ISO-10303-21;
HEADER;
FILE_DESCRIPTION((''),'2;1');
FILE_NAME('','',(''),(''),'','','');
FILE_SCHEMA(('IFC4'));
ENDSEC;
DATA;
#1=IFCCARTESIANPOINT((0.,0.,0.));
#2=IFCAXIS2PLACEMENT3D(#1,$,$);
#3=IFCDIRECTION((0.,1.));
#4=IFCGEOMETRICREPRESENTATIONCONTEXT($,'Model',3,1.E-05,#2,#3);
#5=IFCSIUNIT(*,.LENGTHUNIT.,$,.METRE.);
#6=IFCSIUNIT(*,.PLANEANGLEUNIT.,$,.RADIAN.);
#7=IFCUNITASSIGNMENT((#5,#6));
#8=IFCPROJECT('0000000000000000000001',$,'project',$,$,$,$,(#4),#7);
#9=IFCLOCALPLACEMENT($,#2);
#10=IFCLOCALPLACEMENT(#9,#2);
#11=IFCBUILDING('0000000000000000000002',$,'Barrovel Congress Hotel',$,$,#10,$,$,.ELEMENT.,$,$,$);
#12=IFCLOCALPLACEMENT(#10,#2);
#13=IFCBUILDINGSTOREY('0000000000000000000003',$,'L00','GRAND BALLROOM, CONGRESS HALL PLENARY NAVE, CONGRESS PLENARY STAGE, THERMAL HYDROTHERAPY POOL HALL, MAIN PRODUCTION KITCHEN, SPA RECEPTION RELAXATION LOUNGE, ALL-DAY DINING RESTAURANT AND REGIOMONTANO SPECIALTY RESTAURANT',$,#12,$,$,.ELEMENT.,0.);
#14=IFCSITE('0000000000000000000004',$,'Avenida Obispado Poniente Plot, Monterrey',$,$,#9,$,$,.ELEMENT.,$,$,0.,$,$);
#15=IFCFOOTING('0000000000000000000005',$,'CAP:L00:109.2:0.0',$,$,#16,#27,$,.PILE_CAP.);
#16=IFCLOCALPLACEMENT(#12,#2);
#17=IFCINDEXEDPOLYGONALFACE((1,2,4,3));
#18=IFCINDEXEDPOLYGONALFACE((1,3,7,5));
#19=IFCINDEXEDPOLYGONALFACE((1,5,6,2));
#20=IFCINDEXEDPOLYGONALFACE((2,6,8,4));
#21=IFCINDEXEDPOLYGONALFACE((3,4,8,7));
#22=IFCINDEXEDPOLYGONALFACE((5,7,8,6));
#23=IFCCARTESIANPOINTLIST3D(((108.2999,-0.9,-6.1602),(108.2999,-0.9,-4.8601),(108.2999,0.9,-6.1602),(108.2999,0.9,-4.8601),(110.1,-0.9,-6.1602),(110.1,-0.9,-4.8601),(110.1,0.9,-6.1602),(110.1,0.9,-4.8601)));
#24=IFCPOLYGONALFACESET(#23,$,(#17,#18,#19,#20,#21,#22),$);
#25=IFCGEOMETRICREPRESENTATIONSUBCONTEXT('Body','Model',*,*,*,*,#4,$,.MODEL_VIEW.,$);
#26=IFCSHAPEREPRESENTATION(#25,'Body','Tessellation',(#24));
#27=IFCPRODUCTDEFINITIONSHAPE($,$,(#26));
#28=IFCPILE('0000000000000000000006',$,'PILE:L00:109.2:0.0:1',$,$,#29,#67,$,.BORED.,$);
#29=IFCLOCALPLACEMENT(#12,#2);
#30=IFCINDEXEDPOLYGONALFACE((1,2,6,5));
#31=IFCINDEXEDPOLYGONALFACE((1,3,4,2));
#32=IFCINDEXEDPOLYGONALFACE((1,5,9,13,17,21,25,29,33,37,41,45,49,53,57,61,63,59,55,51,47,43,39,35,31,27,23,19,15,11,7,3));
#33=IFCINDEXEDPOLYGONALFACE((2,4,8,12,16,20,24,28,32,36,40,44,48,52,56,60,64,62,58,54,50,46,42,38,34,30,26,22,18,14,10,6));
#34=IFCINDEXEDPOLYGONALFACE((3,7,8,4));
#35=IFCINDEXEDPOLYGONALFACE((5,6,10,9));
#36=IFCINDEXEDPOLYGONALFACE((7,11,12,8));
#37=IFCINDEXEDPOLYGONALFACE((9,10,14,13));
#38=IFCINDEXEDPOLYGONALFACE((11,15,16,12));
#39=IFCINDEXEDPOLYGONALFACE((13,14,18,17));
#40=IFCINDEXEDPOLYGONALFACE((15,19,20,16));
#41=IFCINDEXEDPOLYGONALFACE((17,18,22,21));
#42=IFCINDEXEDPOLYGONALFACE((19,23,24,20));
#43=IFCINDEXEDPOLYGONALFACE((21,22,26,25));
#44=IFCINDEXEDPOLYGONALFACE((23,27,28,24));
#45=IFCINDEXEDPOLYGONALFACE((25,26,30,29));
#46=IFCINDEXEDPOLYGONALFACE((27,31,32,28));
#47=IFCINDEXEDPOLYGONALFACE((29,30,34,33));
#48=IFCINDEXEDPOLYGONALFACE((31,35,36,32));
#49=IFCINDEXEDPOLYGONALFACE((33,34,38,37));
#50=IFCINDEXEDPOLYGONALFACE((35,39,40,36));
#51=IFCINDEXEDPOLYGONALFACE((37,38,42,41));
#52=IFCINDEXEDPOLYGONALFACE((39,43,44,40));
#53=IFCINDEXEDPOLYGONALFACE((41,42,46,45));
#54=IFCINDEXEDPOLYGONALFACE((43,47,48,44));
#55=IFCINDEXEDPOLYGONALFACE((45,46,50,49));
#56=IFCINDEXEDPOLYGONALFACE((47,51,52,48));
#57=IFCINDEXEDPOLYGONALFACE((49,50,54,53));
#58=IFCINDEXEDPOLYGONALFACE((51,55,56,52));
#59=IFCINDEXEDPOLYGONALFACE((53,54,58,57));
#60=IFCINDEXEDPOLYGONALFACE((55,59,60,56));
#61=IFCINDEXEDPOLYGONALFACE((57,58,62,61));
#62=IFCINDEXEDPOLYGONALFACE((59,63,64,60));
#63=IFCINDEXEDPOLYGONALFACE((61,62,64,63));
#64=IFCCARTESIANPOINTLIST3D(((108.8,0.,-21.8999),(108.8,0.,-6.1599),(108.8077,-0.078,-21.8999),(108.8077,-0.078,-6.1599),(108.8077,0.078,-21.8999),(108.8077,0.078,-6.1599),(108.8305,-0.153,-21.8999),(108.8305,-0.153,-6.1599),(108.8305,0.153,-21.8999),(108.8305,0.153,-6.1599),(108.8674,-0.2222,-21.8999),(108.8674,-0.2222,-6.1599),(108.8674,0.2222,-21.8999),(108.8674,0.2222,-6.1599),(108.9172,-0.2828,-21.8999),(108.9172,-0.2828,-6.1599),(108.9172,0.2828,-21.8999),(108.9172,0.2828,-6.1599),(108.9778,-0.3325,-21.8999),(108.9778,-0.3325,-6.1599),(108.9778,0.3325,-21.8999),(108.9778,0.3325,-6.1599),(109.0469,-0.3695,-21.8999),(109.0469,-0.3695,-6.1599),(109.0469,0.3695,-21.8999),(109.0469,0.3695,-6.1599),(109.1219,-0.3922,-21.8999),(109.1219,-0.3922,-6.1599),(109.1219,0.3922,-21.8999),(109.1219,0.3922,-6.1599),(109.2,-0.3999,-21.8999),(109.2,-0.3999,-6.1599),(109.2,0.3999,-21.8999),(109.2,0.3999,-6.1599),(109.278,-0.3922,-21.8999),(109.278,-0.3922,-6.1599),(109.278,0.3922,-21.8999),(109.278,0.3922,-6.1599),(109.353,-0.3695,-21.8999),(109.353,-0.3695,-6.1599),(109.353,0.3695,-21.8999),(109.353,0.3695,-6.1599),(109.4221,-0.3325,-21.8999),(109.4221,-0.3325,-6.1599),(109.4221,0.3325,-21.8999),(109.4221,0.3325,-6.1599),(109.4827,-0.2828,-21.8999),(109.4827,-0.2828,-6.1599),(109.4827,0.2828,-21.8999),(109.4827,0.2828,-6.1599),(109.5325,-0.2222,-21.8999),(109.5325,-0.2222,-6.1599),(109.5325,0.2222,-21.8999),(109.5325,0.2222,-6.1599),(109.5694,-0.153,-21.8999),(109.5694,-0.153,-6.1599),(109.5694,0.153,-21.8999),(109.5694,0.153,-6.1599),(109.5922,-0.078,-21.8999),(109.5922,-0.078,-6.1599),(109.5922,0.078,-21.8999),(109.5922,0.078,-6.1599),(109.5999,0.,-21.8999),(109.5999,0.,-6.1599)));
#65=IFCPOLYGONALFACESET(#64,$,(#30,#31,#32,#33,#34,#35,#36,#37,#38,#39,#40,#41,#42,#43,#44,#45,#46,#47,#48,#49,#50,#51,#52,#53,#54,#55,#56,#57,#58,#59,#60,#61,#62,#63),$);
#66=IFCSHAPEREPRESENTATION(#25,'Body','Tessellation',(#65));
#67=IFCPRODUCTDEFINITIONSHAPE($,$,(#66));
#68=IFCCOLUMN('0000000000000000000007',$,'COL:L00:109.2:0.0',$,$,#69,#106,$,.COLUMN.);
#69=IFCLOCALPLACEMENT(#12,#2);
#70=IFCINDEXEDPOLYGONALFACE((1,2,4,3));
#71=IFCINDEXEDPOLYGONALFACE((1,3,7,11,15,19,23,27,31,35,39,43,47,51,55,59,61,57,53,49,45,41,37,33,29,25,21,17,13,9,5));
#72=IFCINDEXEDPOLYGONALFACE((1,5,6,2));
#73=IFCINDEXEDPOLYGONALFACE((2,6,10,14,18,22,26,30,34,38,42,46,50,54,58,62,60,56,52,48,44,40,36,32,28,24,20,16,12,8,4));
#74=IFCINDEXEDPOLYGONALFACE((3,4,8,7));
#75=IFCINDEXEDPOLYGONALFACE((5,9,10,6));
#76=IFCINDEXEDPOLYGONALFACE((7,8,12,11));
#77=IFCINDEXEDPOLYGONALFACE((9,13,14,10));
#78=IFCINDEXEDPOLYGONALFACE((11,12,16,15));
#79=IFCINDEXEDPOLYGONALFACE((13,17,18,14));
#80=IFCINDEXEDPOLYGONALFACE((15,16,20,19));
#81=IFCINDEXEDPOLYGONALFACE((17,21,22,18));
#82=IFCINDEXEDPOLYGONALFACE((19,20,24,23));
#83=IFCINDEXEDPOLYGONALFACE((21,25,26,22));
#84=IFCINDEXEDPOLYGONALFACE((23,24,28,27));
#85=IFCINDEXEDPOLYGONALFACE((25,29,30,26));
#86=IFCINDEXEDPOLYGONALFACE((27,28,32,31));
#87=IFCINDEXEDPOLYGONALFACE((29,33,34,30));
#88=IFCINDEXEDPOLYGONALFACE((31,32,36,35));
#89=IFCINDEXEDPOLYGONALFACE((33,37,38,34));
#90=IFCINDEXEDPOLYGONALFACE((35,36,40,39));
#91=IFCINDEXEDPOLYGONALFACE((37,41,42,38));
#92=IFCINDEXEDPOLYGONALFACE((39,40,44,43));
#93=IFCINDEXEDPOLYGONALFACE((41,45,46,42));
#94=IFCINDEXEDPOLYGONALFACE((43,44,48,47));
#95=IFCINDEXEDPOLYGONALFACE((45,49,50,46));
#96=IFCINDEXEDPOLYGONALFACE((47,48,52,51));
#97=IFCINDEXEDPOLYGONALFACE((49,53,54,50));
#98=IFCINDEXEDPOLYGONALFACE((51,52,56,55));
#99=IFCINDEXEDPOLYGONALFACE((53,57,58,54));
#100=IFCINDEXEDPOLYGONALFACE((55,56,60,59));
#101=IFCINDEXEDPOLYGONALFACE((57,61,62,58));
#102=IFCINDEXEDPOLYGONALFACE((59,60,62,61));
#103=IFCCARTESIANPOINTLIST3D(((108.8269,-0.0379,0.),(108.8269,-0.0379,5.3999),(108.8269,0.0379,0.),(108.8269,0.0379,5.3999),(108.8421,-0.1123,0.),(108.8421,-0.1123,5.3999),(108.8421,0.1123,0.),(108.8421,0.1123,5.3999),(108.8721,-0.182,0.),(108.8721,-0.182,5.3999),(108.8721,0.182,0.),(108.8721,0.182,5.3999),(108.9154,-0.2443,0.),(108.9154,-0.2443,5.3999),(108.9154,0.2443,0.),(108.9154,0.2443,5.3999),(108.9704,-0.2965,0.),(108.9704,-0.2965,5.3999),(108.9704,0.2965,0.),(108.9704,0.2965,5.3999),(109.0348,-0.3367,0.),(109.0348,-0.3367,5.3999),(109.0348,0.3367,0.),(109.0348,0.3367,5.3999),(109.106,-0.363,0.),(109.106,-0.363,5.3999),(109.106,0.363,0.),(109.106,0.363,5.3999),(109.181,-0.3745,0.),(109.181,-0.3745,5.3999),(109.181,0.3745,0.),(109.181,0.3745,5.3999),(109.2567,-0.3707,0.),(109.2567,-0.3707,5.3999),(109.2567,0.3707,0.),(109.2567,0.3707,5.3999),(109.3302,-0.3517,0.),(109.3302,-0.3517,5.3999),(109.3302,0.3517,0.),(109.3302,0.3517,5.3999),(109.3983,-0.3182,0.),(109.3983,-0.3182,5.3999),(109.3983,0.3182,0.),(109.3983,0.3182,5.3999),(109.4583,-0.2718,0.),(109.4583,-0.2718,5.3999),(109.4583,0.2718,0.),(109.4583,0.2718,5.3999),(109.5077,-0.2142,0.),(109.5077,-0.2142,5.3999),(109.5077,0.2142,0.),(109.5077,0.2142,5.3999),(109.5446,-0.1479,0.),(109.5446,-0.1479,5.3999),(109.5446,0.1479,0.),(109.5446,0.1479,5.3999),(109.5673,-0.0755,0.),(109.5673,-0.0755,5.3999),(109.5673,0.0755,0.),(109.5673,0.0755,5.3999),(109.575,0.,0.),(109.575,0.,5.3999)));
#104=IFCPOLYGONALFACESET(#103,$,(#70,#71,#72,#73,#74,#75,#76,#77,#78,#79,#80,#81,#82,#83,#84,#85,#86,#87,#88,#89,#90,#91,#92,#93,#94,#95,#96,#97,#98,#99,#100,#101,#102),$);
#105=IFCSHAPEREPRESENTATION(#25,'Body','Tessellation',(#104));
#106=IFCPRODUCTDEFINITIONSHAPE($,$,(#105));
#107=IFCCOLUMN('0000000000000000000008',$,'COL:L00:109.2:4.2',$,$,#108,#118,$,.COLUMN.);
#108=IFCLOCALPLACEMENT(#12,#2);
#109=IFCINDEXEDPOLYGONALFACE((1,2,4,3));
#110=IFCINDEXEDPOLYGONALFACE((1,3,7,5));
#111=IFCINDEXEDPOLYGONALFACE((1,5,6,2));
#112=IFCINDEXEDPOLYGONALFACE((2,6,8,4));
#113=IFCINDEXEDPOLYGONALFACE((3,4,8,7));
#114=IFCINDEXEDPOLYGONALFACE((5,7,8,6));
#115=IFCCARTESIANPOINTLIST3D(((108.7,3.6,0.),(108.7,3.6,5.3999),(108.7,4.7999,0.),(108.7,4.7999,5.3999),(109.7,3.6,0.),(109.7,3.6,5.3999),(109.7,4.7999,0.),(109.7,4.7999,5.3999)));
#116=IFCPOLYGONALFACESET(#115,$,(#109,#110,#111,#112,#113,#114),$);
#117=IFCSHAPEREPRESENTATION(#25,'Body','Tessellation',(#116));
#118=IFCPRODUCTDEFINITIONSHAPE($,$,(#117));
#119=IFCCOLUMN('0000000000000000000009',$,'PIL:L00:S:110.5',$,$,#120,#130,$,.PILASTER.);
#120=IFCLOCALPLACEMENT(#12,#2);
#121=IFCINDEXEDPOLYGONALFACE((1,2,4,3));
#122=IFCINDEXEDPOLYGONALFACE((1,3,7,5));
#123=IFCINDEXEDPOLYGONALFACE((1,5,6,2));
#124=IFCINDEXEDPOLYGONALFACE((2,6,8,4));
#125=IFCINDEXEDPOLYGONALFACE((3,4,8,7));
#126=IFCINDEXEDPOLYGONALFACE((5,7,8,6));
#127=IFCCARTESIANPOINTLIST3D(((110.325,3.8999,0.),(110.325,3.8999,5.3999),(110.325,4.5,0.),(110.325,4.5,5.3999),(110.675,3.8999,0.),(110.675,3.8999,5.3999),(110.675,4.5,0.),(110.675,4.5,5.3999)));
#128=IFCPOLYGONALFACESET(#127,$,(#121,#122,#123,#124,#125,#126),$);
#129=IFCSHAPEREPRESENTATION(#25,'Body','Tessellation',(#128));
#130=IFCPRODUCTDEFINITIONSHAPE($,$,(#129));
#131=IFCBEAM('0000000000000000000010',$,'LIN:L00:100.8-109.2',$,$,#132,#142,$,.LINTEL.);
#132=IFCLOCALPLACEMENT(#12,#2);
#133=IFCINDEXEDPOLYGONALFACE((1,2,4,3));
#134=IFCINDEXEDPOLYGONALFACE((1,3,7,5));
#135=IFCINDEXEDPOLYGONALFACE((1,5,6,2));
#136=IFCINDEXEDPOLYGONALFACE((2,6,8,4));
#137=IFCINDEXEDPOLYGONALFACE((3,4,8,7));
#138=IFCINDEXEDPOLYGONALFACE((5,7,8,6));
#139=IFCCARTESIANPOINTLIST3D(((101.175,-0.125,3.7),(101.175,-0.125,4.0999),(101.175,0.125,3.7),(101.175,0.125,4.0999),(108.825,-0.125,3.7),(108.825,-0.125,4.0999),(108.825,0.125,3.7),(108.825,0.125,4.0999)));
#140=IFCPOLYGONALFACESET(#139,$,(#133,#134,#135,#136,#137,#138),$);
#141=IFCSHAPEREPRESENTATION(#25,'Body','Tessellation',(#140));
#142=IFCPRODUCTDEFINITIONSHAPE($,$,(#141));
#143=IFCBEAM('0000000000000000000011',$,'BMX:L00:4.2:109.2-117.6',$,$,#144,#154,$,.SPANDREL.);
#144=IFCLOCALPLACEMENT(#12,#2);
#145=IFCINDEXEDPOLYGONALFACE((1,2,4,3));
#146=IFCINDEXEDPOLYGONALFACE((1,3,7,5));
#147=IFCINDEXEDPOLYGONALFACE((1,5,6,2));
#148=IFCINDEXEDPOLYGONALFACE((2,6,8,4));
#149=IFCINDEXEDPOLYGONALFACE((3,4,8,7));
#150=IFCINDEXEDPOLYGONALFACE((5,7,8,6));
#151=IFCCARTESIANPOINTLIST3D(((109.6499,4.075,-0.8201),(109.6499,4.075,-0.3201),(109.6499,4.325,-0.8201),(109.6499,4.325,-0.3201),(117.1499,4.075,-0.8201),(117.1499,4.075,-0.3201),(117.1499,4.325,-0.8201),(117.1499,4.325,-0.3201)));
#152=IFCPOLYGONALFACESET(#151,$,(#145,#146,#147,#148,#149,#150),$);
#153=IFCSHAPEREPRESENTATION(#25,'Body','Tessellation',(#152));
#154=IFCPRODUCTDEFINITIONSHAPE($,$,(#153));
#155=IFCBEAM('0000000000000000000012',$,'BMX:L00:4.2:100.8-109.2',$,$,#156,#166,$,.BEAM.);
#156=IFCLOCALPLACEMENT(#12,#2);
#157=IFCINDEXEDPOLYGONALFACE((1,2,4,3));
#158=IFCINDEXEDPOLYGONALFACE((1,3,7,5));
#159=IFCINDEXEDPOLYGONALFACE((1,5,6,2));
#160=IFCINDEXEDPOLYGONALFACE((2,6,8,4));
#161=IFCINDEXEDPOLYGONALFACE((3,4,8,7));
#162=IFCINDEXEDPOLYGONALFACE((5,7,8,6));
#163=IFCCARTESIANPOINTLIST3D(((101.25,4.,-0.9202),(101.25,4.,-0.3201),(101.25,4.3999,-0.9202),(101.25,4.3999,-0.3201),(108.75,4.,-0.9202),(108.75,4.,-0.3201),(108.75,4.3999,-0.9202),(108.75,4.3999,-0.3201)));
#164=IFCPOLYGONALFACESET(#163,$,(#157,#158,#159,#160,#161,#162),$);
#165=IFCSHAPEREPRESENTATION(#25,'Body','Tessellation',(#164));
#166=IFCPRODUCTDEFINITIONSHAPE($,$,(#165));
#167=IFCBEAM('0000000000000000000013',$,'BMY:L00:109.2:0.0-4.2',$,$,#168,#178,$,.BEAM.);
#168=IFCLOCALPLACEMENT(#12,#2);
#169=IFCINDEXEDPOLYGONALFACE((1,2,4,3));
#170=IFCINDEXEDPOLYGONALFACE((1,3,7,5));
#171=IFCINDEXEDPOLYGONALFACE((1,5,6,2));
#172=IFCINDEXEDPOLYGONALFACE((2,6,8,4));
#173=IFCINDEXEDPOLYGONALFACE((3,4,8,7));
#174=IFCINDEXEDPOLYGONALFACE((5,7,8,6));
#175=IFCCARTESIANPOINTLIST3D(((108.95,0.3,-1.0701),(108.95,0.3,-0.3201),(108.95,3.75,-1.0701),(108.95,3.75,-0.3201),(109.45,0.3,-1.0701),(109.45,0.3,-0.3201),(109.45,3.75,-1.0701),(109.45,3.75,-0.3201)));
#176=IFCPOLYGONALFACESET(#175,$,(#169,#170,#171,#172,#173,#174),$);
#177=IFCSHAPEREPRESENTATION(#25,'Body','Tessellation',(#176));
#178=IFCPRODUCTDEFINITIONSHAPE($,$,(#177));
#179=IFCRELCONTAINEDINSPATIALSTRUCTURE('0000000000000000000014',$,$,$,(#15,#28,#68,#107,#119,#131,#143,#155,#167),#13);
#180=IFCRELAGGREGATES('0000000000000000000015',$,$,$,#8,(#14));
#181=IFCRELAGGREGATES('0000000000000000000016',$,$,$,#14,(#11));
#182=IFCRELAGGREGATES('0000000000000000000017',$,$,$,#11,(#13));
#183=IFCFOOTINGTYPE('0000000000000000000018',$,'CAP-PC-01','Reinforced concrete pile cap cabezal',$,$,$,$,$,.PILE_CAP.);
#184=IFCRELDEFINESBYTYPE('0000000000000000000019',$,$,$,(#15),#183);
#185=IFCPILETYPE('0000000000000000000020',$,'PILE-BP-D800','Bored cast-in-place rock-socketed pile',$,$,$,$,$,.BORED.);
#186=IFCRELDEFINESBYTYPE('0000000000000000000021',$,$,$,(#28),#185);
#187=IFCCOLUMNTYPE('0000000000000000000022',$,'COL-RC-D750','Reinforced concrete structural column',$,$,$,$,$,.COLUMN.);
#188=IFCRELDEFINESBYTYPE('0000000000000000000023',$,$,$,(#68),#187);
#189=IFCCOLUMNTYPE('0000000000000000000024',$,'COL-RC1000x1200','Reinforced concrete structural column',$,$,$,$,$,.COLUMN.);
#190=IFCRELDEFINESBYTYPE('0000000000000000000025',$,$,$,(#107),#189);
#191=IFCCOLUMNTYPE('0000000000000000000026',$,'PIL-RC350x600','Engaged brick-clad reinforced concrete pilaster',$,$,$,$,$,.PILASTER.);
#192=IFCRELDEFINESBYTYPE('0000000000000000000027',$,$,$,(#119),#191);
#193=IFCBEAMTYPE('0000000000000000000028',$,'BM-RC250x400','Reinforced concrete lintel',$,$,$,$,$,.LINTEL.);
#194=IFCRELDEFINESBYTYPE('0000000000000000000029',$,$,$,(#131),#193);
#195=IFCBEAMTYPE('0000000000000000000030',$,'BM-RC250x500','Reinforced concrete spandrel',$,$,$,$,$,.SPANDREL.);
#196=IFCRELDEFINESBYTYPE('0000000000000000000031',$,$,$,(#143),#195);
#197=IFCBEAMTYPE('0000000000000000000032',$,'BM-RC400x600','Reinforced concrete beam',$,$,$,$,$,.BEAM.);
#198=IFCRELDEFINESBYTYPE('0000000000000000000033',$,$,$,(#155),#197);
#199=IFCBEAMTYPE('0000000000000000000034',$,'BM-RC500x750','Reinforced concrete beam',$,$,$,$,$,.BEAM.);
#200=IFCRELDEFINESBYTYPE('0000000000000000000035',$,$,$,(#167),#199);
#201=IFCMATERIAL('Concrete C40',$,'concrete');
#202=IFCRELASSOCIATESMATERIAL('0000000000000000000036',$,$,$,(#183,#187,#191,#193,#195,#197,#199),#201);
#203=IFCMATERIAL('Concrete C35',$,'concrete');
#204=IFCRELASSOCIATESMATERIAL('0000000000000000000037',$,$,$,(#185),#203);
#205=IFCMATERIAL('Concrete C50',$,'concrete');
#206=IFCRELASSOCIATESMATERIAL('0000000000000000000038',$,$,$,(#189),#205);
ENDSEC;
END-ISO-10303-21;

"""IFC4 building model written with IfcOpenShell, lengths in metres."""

from ifc_helpers import new_model, si_unit, direction, frame, origin, origin_2d, place, context, subcontext, project, spatial, rectangle, circle, extrude, material, material_profile, profile_set, type_object, element, save


model = new_model("IFC4")

# Units and contexts
model_context = context("Model", 3, precision=1e-05, world=origin(), true_north=direction((0.0, 1.0)))
body_context = subcontext(model_context, "Body", "Model", "MODEL_VIEW")
ifc_project = project(units=[si_unit("LENGTHUNIT", "METRE"), si_unit("PLANEANGLEUNIT", "RADIAN")], contexts=[model_context])

# Site, building, storey
site_placement = place(None, origin())
site = spatial("IfcSite", under=ifc_project, at=site_placement, Name="Avenida Obispado Poniente Plot, Monterrey", CompositionType="ELEMENT", RefElevation=0.0)
building_placement = place(site_placement, origin())
building = spatial("IfcBuilding", under=site, at=building_placement, Name="Barrovel Congress Hotel", CompositionType="ELEMENT")
storey_placement = place(building_placement, origin())
storey = spatial("IfcBuildingStorey", under=building, at=storey_placement, Name="L00", Description="GRAND BALLROOM, CONGRESS HALL PLENARY NAVE, CONGRESS PLENARY STAGE, THERMAL HYDROTHERAPY POOL HALL, MAIN PRODUCTION KITCHEN, SPA RECEPTION RELAXATION LOUNGE, ALL-DAY DINING RESTAURANT AND REGIOMONTANO SPECIALTY RESTAURANT", CompositionType="ELEMENT", Elevation=0.0)

# Footing
ifc_material_1 = material(Name="Concrete C40", Category="concrete")
footing_type = type_object("IfcFootingType", Name="CAP-PC-01", Description="Reinforced concrete pile cap cabezal", PredefinedType="PILE_CAP", material=ifc_material_1)
footing_placement = place(storey_placement, frame((109.2, 0.0, -6.1602), z_axis=(0.0, 0.0, 1.0), x_axis=(1.0, 0.0, 0.0)))
element("IfcFooting", 1, at=footing_placement, inside=storey, type_object=footing_type, Name="CAP:L00:109.2:0.0", PredefinedType="PILE_CAP", context=body_context, shape_type="SweptSolid", body=[
    extrude(rectangle(XDim=1.8, YDim=1.8, at=origin_2d()), origin(), (0.0, 0.0, 1.0), 1.3),
])

# Pile
ifc_material_2 = material(Name="Concrete C35", Category="concrete")
ifc_material_profile_1 = material_profile(ifc_material_2, circle(Radius=0.3999, at=origin_2d()), Name="BP-D800")
ifc_profile_set_1 = profile_set([ifc_material_profile_1], Name="Concrete C35")
pile_type = type_object("IfcPileType", Name="PILE-BP-D800", Description="Bored cast-in-place rock-socketed pile", PredefinedType="BORED", material=ifc_profile_set_1)
pile_placement = place(storey_placement, frame((109.2, 0.0, -6.1599), z_axis=(0.0, 0.0, -1.0), x_axis=(1.0, 0.0, 0.0)))
element("IfcPile", 2, at=pile_placement, inside=storey, type_object=pile_type, Name="PILE:L00:109.2:0.0:1", PredefinedType="BORED", context=body_context, shape_type="SweptSolid", body=[
    extrude(circle(Radius=0.3999, at=origin_2d()), origin(), (0.0, 0.0, 1.0), 15.74),
])

# Columns
ifc_material_profile_2 = material_profile(ifc_material_1, circle(Radius=0.375, at=origin_2d()), Name="RC-D750")
ifc_profile_set_2 = profile_set([ifc_material_profile_2], Name="Concrete C40")
column_type_1 = type_object("IfcColumnType", Name="COL-RC-D750", Description="Reinforced concrete structural column", PredefinedType="COLUMN", material=ifc_profile_set_2)
column_1_placement = place(storey_placement, frame((109.2, 0.0, 0.0), z_axis=(0.0, 0.0, 1.0), x_axis=(1.0, 0.0, 0.0)))
element("IfcColumn", 3, at=column_1_placement, inside=storey, type_object=column_type_1, Name="COL:L00:109.2:0.0", PredefinedType="COLUMN", context=body_context, shape_type="SweptSolid", body=[
    extrude(circle(Radius=0.375, at=origin_2d()), origin(), (0.0, 0.0, 1.0), 5.3999),
])
ifc_material_3 = material(Name="Concrete C50", Category="concrete")
ifc_material_profile_3 = material_profile(ifc_material_3, rectangle(XDim=1.0, YDim=1.2, at=origin_2d()), Name="RC1000x1200")
ifc_profile_set_3 = profile_set([ifc_material_profile_3], Name="Concrete C50")
column_type_2 = type_object("IfcColumnType", Name="COL-RC1000x1200", Description="Reinforced concrete structural column", PredefinedType="COLUMN", material=ifc_profile_set_3)
column_2_placement = place(storey_placement, frame((109.2, 4.2, 0.0), z_axis=(0.0, 0.0, 1.0), x_axis=(1.0, 0.0, 0.0)))
element("IfcColumn", 4, at=column_2_placement, inside=storey, type_object=column_type_2, Name="COL:L00:109.2:4.2", PredefinedType="COLUMN", context=body_context, shape_type="SweptSolid", body=[
    extrude(rectangle(XDim=1.0, YDim=1.2, at=origin_2d()), origin(), (0.0, 0.0, 1.0), 5.3999),
])
ifc_material_profile_4 = material_profile(ifc_material_1, rectangle(XDim=0.3501, YDim=0.6001, at=origin_2d()), Name="RC350x600")
ifc_profile_set_4 = profile_set([ifc_material_profile_4], Name="Concrete C40")
column_type_3 = type_object("IfcColumnType", Name="PIL-RC350x600", Description="Engaged brick-clad reinforced concrete pilaster", PredefinedType="PILASTER", material=ifc_profile_set_4)
column_3_placement = place(storey_placement, frame((110.5, 4.2, 0.0), z_axis=(0.0, 0.0, 1.0), x_axis=(1.0, 0.0, 0.0)))
element("IfcColumn", 5, at=column_3_placement, inside=storey, type_object=column_type_3, Name="PIL:L00:S:110.5", PredefinedType="PILASTER", context=body_context, shape_type="SweptSolid", body=[
    extrude(rectangle(XDim=0.3501, YDim=0.6001, at=origin_2d()), origin(), (0.0, 0.0, 1.0), 5.3999),
])

# Beams
ifc_material_profile_5 = material_profile(ifc_material_1, rectangle(XDim=0.25, YDim=0.3999, at=origin_2d()), Name="RC250x400")
ifc_profile_set_5 = profile_set([ifc_material_profile_5], Name="Concrete C40")
beam_type_1 = type_object("IfcBeamType", Name="BM-RC250x400", Description="Reinforced concrete lintel", PredefinedType="LINTEL", material=ifc_profile_set_5)
beam_1_placement = place(storey_placement, frame((101.175, 0.0, 3.8999), z_axis=(1.0, 0.0, 0.0), x_axis=(0.0, 1.0, 0.0)))
element("IfcBeam", 6, at=beam_1_placement, inside=storey, type_object=beam_type_1, Name="LIN:L00:100.8-109.2", PredefinedType="LINTEL", context=body_context, shape_type="SweptSolid", body=[
    extrude(rectangle(XDim=0.25, YDim=0.3999, at=origin_2d()), origin(), (0.0, 0.0, 1.0), 7.6499),
])
ifc_material_profile_6 = material_profile(ifc_material_1, rectangle(XDim=0.25, YDim=0.5, at=origin_2d()), Name="RC250x500")
ifc_profile_set_6 = profile_set([ifc_material_profile_6], Name="Concrete C40")
beam_type_2 = type_object("IfcBeamType", Name="BM-RC250x500", Description="Reinforced concrete spandrel", PredefinedType="SPANDREL", material=ifc_profile_set_6)
beam_2_placement = place(storey_placement, frame((109.6499, 4.2, -0.5701), z_axis=(1.0, 0.0, 0.0), x_axis=(0.0, 1.0, 0.0)))
element("IfcBeam", 7, at=beam_2_placement, inside=storey, type_object=beam_type_2, Name="BMX:L00:4.2:109.2-117.6", PredefinedType="SPANDREL", context=body_context, shape_type="SweptSolid", body=[
    extrude(rectangle(XDim=0.25, YDim=0.5, at=origin_2d()), origin(), (0.0, 0.0, 1.0), 7.5),
])
ifc_material_profile_7 = material_profile(ifc_material_1, rectangle(XDim=0.3999, YDim=0.6001, at=origin_2d()), Name="RC400x600")
ifc_profile_set_7 = profile_set([ifc_material_profile_7], Name="Concrete C40")
beam_type_3 = type_object("IfcBeamType", Name="BM-RC400x600", Description="Reinforced concrete beam", PredefinedType="BEAM", material=ifc_profile_set_7)
beam_3_placement = place(storey_placement, frame((101.25, 4.2, -0.6201), z_axis=(1.0, 0.0, 0.0), x_axis=(0.0, 1.0, 0.0)))
element("IfcBeam", 8, at=beam_3_placement, inside=storey, type_object=beam_type_3, Name="BMX:L00:4.2:100.8-109.2", PredefinedType="BEAM", context=body_context, shape_type="SweptSolid", body=[
    extrude(rectangle(XDim=0.3999, YDim=0.6001, at=origin_2d()), origin(), (0.0, 0.0, 1.0), 7.5),
])
ifc_material_profile_8 = material_profile(ifc_material_1, rectangle(XDim=0.5, YDim=0.75, at=origin_2d()), Name="RC500x750")
ifc_profile_set_8 = profile_set([ifc_material_profile_8], Name="Concrete C40")
beam_type_4 = type_object("IfcBeamType", Name="BM-RC500x750", Description="Reinforced concrete beam", PredefinedType="BEAM", material=ifc_profile_set_8)
beam_4_placement = place(storey_placement, frame((109.2, 0.3, -0.6951), z_axis=(0.0, 1.0, 0.0), x_axis=(-1.0, 0.0, 0.0)))
element("IfcBeam", 9, at=beam_4_placement, inside=storey, type_object=beam_type_4, Name="BMY:L00:109.2:0.0-4.2", PredefinedType="BEAM", context=body_context, shape_type="SweptSolid", body=[
    extrude(rectangle(XDim=0.5, YDim=0.75, at=origin_2d()), origin(), (0.0, 0.0, 1.0), 3.45),
])

save(model, "model.ifc")
